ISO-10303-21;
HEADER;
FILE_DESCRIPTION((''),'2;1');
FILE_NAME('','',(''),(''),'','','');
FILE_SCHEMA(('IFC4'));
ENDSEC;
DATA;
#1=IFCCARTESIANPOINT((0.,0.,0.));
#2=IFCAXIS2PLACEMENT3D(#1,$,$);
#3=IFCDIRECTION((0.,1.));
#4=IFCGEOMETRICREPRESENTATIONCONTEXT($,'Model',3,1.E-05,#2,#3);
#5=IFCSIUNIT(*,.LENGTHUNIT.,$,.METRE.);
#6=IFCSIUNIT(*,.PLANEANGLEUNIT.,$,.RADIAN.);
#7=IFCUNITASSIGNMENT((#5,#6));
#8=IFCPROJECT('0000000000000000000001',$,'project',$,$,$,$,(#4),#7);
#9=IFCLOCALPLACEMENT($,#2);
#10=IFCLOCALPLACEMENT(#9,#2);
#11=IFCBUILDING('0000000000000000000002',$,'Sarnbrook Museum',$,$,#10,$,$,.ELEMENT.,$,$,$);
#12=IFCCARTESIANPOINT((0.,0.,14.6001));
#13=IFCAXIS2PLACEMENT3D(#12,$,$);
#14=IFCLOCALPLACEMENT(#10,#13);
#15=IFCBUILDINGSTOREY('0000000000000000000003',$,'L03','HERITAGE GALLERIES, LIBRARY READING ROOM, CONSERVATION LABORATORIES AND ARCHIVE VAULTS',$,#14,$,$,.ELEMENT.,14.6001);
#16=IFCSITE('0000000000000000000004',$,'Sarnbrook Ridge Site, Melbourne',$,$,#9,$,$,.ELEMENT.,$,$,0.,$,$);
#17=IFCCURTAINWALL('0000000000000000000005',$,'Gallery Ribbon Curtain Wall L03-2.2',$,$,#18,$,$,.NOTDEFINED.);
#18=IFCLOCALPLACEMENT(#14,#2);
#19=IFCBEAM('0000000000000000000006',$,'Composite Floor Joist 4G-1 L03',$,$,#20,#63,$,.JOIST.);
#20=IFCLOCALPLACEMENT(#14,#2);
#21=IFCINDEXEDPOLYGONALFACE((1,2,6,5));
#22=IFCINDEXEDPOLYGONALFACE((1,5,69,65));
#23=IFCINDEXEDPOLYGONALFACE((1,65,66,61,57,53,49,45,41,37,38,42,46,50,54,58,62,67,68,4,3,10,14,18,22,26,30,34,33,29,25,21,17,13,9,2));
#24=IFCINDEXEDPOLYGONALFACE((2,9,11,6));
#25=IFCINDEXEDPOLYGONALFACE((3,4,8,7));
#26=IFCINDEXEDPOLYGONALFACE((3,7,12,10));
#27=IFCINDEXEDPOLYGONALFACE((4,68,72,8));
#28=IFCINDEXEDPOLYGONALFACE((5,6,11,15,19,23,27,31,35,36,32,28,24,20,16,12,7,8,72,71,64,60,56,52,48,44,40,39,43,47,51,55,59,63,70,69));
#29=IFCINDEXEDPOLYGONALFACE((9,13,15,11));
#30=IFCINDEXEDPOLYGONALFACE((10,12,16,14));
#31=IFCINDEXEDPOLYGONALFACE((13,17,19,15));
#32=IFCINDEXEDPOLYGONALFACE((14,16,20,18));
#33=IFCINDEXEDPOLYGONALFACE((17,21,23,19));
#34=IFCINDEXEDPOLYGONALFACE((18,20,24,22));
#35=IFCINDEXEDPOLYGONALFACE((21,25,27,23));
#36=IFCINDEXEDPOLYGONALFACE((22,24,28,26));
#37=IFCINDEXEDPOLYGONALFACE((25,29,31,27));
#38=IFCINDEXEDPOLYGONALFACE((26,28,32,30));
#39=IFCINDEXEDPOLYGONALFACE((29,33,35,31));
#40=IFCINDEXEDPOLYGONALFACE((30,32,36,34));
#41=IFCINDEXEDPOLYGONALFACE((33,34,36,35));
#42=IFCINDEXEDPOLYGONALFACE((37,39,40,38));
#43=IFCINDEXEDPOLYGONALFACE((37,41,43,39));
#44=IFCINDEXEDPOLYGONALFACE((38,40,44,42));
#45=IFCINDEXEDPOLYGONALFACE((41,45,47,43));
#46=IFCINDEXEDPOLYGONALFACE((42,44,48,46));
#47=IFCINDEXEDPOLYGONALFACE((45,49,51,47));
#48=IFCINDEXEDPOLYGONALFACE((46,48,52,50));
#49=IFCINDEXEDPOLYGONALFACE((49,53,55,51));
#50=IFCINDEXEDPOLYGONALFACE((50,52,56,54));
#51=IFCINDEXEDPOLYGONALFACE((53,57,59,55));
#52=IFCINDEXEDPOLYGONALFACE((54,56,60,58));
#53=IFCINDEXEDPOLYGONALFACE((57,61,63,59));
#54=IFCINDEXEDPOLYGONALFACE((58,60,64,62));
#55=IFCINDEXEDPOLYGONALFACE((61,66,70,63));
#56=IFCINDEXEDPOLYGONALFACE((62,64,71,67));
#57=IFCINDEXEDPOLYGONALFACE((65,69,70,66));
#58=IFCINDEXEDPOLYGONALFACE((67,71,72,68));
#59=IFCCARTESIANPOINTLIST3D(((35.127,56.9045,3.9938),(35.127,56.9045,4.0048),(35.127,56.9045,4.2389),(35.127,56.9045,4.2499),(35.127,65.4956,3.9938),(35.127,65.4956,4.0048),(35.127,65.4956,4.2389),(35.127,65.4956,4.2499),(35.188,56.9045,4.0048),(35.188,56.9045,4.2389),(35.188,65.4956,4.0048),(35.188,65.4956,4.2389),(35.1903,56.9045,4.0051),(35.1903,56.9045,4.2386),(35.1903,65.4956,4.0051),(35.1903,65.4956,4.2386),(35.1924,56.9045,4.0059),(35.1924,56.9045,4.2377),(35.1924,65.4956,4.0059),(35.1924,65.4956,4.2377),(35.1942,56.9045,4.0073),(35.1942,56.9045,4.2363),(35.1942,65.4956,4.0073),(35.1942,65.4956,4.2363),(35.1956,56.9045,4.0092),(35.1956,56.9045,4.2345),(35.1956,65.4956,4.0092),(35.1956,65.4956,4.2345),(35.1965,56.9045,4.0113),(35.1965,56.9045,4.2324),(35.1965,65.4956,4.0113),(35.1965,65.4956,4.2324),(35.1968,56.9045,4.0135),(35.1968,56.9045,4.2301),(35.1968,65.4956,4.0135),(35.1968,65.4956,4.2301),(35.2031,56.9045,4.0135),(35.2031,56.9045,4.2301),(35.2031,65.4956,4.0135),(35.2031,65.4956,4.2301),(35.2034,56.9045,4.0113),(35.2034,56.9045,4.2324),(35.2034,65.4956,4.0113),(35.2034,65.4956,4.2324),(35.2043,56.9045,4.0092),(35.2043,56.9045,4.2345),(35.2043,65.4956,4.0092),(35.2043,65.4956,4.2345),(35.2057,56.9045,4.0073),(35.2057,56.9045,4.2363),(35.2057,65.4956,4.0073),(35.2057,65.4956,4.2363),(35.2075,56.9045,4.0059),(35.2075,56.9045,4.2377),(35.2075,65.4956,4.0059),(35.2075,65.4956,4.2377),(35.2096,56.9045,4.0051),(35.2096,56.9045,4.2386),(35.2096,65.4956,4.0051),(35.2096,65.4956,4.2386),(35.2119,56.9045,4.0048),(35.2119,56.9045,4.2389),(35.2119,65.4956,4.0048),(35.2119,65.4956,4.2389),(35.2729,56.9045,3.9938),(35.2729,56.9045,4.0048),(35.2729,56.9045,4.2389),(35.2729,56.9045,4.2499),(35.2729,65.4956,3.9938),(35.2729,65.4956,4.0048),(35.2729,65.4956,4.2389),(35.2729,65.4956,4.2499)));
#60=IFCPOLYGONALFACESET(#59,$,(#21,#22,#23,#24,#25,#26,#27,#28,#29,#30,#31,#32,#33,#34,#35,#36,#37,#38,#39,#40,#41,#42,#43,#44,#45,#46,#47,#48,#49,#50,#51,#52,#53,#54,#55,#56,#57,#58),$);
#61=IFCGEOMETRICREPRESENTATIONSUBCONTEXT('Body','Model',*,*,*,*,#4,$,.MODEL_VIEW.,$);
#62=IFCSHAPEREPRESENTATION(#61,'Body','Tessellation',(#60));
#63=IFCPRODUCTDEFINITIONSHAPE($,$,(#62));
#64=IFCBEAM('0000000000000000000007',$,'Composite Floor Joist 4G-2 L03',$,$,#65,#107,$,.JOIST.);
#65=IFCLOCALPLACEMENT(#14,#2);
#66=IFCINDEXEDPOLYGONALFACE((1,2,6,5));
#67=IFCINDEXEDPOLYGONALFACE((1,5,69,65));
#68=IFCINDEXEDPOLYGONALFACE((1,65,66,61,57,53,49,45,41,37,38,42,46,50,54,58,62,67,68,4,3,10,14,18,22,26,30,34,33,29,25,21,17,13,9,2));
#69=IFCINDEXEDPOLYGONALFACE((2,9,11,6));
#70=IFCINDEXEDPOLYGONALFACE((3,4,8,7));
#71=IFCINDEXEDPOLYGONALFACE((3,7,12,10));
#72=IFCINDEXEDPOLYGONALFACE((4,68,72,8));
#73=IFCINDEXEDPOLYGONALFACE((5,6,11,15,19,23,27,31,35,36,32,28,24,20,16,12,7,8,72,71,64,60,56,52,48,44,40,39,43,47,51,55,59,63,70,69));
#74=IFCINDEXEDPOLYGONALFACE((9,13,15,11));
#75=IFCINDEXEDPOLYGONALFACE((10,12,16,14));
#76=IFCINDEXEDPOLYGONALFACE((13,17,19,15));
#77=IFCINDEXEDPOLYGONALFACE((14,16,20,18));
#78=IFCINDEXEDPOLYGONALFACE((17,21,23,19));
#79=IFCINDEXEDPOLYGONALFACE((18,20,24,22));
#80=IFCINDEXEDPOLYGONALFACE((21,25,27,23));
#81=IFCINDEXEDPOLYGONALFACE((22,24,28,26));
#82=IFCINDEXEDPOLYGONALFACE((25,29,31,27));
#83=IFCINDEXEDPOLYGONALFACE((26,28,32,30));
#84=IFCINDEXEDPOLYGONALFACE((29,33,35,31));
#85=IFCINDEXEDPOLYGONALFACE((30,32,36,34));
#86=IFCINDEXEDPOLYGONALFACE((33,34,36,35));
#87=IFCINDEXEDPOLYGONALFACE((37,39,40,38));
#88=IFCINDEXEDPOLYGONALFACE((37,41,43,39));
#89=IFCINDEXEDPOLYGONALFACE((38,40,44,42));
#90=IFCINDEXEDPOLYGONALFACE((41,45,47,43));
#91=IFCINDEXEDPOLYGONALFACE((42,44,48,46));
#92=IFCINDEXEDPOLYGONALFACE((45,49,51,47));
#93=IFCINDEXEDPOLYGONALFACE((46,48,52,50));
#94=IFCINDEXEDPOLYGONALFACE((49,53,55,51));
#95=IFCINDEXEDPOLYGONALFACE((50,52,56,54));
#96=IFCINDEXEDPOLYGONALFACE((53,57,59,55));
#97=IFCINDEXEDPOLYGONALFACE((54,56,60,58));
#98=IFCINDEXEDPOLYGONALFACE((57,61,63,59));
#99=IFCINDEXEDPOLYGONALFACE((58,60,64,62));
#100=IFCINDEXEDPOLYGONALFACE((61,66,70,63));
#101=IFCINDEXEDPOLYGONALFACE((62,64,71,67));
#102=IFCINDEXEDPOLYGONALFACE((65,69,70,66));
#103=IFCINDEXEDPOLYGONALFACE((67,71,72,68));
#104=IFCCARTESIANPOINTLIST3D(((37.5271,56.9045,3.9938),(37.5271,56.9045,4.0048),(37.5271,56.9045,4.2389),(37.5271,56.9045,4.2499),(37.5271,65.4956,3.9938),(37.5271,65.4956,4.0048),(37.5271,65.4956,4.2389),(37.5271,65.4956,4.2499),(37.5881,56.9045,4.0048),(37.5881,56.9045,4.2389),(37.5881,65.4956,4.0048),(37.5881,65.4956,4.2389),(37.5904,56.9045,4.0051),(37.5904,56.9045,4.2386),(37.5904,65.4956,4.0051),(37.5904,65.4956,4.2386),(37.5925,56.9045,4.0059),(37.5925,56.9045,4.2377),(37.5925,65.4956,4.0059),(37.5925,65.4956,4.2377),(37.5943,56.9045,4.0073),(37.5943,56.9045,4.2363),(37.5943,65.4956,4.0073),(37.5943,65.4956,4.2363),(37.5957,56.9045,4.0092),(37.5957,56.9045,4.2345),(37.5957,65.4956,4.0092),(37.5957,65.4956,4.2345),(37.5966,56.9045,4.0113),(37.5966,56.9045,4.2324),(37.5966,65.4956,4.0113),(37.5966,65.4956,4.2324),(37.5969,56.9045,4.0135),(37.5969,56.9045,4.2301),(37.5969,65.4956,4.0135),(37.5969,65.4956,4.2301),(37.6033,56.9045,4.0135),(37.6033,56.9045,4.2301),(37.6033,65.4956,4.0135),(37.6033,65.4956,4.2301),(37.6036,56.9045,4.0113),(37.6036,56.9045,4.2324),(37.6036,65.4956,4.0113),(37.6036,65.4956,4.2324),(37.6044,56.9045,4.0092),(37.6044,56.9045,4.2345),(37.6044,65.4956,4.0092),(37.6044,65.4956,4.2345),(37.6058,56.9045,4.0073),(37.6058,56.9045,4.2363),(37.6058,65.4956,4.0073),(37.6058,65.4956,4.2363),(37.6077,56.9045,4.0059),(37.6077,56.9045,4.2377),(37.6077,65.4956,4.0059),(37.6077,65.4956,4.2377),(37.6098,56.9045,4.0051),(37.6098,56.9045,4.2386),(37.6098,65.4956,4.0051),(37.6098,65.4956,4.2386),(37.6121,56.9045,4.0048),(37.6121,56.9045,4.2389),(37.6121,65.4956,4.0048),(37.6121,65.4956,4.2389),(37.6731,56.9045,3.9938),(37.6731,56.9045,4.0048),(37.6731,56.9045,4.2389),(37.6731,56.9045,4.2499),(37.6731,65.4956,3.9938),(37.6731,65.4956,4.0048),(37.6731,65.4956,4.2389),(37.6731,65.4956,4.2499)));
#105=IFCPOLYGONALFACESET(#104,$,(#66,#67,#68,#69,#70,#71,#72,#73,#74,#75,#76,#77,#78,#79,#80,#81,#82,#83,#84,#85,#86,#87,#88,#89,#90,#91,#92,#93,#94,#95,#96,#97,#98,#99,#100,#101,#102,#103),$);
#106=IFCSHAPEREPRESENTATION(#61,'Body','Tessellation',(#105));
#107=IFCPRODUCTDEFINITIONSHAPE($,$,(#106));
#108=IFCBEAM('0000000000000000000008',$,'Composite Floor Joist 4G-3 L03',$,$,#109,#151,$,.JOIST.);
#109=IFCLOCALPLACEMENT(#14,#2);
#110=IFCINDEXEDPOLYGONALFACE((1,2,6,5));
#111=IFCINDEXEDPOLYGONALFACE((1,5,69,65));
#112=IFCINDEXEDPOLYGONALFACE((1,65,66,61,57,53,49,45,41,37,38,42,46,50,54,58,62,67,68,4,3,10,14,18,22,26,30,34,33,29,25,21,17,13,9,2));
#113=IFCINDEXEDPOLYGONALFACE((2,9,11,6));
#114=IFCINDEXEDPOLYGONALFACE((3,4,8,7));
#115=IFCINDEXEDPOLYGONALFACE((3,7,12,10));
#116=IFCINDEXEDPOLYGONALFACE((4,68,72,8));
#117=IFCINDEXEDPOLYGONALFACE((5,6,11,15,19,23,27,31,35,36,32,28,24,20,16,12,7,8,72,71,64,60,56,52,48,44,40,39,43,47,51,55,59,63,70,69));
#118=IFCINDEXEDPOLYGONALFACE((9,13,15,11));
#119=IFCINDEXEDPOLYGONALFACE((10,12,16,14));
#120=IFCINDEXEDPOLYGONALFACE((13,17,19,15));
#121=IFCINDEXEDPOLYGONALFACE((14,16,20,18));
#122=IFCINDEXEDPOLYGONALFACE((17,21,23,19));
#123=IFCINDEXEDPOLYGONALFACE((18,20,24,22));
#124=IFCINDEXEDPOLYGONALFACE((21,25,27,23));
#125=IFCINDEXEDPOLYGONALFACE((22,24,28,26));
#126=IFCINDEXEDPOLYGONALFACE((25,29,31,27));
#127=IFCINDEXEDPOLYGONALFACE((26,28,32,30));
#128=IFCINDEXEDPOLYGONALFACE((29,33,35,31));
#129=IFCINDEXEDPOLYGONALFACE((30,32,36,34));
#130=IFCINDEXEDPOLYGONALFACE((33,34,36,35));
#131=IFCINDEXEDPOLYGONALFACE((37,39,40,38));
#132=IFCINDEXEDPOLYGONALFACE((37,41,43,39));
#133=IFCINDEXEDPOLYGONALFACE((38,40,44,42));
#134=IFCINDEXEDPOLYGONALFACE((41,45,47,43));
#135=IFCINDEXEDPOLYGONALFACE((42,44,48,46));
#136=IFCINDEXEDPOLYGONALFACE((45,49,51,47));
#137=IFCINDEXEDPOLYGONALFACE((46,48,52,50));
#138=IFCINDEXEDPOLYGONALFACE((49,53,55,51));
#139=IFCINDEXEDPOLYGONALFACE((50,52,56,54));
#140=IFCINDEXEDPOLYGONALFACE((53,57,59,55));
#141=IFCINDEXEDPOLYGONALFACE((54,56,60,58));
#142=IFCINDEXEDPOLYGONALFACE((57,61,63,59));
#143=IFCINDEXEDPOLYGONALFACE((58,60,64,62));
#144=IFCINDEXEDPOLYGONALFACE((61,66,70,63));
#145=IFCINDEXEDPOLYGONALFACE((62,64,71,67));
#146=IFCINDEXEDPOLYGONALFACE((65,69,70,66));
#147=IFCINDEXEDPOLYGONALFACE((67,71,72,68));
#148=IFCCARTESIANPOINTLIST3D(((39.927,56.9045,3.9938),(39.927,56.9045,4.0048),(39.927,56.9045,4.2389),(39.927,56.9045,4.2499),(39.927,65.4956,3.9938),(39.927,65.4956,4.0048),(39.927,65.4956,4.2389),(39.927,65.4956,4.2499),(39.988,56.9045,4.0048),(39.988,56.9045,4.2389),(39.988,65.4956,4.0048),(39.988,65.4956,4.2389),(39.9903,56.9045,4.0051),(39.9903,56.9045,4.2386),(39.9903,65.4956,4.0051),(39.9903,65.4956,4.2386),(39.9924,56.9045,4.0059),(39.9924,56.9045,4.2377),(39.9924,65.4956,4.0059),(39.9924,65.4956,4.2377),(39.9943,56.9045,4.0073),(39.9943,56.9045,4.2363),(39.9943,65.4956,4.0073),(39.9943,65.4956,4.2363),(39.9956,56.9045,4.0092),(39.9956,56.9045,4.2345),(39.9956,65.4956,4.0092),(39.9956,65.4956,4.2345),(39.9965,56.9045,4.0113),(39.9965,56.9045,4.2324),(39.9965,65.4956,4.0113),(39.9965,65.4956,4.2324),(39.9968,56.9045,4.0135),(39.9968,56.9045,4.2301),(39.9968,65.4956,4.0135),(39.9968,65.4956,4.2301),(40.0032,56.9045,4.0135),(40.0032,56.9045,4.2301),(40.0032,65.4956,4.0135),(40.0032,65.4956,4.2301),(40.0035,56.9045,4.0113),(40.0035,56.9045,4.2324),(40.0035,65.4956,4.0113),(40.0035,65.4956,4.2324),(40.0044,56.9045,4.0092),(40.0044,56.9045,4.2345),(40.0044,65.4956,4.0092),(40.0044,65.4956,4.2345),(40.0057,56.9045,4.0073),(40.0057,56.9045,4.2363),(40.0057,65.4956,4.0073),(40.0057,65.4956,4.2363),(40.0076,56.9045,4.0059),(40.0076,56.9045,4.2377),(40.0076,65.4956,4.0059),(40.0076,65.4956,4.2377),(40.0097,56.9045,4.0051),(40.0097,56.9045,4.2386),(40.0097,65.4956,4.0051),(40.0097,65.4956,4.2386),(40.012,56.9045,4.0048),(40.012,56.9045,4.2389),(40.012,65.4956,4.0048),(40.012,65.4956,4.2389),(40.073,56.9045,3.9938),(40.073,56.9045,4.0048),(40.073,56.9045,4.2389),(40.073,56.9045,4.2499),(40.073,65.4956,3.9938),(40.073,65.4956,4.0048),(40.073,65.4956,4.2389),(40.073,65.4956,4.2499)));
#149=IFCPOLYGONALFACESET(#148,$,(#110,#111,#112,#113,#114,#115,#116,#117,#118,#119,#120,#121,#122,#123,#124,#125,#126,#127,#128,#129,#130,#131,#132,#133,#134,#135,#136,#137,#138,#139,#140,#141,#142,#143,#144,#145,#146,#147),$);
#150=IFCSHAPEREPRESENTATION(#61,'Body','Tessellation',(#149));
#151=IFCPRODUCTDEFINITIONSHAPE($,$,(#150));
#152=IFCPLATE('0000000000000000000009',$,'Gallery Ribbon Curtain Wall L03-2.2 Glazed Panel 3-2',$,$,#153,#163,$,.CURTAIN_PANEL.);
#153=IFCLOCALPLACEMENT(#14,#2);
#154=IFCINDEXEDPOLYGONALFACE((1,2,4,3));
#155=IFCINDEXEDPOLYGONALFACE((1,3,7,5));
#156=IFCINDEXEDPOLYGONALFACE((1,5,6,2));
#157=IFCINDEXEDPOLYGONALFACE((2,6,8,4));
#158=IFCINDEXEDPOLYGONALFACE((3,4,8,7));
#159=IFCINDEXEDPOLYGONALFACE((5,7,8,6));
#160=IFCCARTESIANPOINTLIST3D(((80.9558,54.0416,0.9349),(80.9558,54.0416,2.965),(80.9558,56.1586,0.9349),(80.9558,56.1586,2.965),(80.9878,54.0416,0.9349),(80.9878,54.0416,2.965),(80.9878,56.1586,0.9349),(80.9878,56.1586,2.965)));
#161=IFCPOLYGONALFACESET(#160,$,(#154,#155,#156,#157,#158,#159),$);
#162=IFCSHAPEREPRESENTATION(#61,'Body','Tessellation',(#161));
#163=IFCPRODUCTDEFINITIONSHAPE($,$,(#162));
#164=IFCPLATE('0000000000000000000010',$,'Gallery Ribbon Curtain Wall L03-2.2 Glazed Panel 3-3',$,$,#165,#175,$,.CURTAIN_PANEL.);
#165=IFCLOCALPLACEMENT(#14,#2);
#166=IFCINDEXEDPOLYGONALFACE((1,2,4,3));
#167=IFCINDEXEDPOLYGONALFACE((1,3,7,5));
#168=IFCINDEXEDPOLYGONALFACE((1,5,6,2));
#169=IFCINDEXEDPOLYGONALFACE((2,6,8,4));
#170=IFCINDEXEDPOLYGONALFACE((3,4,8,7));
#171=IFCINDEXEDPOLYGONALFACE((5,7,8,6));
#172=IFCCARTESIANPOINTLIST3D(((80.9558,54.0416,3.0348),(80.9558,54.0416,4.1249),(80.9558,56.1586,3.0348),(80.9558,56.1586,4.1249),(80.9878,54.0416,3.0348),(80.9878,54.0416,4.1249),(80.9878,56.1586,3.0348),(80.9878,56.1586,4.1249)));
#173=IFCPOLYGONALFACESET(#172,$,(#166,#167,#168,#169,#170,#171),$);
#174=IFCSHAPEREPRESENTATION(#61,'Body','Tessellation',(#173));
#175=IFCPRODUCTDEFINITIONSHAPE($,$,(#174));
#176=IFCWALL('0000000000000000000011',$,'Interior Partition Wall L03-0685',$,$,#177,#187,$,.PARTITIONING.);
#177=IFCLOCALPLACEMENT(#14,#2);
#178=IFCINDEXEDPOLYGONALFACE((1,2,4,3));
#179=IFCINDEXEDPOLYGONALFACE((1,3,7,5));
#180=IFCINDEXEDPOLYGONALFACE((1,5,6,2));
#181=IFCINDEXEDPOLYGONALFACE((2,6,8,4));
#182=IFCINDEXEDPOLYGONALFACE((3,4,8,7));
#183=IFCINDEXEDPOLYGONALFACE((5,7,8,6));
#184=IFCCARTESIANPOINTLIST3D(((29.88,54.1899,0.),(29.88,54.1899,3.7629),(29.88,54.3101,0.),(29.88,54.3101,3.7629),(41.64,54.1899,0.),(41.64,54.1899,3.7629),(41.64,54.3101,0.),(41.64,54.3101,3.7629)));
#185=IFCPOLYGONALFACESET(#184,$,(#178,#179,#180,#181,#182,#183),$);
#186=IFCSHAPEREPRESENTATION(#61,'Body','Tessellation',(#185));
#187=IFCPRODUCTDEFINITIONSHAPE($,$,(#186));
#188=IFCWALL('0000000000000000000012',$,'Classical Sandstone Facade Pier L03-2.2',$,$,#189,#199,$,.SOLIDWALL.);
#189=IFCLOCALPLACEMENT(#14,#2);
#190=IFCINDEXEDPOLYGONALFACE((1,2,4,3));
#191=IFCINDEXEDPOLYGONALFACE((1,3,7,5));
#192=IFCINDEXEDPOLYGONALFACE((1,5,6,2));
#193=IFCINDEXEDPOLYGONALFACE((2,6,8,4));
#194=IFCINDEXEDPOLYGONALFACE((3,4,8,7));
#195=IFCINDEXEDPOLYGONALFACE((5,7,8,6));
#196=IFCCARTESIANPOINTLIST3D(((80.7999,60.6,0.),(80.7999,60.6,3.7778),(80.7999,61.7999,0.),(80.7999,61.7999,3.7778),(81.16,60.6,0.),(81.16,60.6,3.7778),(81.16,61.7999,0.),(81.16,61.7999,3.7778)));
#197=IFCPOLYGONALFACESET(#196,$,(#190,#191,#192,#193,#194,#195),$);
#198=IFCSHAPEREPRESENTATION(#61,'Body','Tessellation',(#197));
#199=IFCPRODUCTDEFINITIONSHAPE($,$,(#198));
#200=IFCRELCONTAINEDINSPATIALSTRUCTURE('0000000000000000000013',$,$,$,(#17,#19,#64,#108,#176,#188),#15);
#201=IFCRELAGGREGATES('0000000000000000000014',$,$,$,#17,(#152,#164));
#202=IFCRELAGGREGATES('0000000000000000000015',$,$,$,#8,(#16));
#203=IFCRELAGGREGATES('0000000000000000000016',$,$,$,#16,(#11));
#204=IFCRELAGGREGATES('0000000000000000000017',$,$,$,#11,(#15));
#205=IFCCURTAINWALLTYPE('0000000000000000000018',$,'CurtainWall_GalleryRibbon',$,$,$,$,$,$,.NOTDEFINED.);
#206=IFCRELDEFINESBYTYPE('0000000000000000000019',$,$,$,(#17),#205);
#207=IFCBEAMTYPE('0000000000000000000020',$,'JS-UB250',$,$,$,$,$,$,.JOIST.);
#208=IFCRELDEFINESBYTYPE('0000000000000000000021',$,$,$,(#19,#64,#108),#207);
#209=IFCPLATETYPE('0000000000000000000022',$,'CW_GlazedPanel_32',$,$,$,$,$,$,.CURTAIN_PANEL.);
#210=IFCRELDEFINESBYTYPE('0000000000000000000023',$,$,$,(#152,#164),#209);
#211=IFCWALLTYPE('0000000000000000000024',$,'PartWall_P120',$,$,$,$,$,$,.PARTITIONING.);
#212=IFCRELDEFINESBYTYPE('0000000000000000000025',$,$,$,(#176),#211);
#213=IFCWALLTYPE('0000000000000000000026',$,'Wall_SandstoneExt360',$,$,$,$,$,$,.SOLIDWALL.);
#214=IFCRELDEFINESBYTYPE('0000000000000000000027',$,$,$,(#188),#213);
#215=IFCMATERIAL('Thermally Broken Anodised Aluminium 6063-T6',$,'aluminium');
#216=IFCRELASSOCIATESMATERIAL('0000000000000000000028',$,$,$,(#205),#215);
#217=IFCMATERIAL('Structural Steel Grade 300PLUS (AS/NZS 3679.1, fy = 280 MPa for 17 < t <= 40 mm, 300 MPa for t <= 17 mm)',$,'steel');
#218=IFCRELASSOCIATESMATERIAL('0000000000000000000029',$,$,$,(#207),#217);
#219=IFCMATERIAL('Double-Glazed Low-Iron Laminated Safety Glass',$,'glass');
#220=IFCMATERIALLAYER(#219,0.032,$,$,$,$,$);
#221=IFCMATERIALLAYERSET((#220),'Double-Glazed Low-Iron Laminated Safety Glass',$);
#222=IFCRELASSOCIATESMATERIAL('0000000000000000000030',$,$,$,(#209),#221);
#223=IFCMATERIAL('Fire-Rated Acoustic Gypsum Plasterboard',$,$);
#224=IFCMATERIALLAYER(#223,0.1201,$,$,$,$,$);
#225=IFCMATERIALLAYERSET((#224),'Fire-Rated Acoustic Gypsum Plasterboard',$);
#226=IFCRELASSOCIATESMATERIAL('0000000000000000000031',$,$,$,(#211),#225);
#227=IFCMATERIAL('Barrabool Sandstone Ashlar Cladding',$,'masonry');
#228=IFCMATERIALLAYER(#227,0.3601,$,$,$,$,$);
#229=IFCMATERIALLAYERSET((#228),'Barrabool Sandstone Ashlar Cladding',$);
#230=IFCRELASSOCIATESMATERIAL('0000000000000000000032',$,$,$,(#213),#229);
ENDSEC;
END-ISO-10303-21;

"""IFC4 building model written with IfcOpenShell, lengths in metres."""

from ifc_helpers import new_model, si_unit, direction, frame, frame_2d, origin, origin_2d, place, context, subcontext, project, spatial, rectangle, i_section, extrude, material, layer, layer_set, material_profile, profile_set, type_object, element, aggregate, save


model = new_model("IFC4")

# Units and contexts
model_context = context("Model", 3, precision=1e-05, world=origin(), true_north=direction((0.0, 1.0)))
body_context = subcontext(model_context, "Body", "Model", "MODEL_VIEW")
ifc_project = project(units=[si_unit("LENGTHUNIT", "METRE"), si_unit("PLANEANGLEUNIT", "RADIAN")], contexts=[model_context])

# Site, building, storey
site_placement = place(None, origin())
site = spatial("IfcSite", under=ifc_project, at=site_placement, Name="Sarnbrook Ridge Site, Melbourne", CompositionType="ELEMENT", RefElevation=0.0)
building_placement = place(site_placement, origin())
building = spatial("IfcBuilding", under=site, at=building_placement, Name="Sarnbrook Museum", CompositionType="ELEMENT")
storey_placement = place(building_placement, frame((0.0, 0.0, 14.6001)))
storey = spatial("IfcBuildingStorey", under=building, at=storey_placement, Name="L03", Description="HERITAGE GALLERIES, LIBRARY READING ROOM, CONSERVATION LABORATORIES AND ARCHIVE VAULTS", CompositionType="ELEMENT", Elevation=14.6001)

# Shared definitions
ifc_material_1 = material(Name="Structural Steel Grade 300PLUS (AS/NZS 3679.1, fy = 280 MPa for 17 < t <= 40 mm, 300 MPa for t <= 17 mm)", Category="steel")

# Curtain wall
ifc_material_2 = material(Name="Thermally Broken Anodised Aluminium 6063-T6", Category="aluminium")
curtain_wall_type = type_object("IfcCurtainWallType", Name="CurtainWall_GalleryRibbon", PredefinedType="NOTDEFINED", material=ifc_material_2)
curtain_wall_1_placement = place(storey_placement, origin())
curtain_wall_1 = element("IfcCurtainWall", 1, at=curtain_wall_1_placement, inside=storey, type_object=curtain_wall_type, Name="Gallery Ribbon Curtain Wall L03-2.2", PredefinedType="NOTDEFINED")

# Beams
ifc_material_profile_1 = material_profile(ifc_material_1, i_section(OverallWidth=0.146, OverallDepth=0.2561, WebThickness=0.0063, FlangeThickness=0.011, FilletRadius=0.0088, at=origin_2d()), Name="250UB37.3")
ifc_profile_set_1 = profile_set([ifc_material_profile_1], Name="Structural Steel Grade 300PLUS (AS/NZS 3679.1, fy = 280 MPa for 17 < t <= 40 mm, 300 MPa for t <= 17 mm)")
beam_type_1 = type_object("IfcBeamType", Name="JS-UB250", PredefinedType="JOIST", material=ifc_profile_set_1)
for number, where, z_axis, x_axis, name in (
    (2, (35.2, 56.9045, 4.1218), (0.0, 1.0, 0.0), (-1.0, 0.0, 0.0), "Composite Floor Joist 4G-1 L03"),
    (3, (37.6001, 56.9045, 4.1218), (0.0, 1.0, 0.0), (-1.0, 0.0, 0.0), "Composite Floor Joist 4G-2 L03"),
    (4, (40.0, 56.9045, 4.1218), (0.0, 1.0, 0.0), (-1.0, 0.0, 0.0), "Composite Floor Joist 4G-3 L03"),
):
    element("IfcBeam", number, at=place(storey_placement, frame(where, z_axis=z_axis, x_axis=x_axis)), inside=storey, type_object=beam_type_1, Name=name, PredefinedType="JOIST", context=body_context, shape_type="SweptSolid", body=[
        extrude(i_section(OverallWidth=0.146, OverallDepth=0.2561, WebThickness=0.0063, FlangeThickness=0.011, FilletRadius=0.0088, at=origin_2d()), origin(), (0.0, 0.0, 1.0), 8.5911),
    ])

# Plates
ifc_material_3 = material(Name="Double-Glazed Low-Iron Laminated Safety Glass", Category="glass")
ifc_layer_1 = layer(ifc_material_3, 0.032)
ifc_layer_set_1 = layer_set([ifc_layer_1], Name="Double-Glazed Low-Iron Laminated Safety Glass")
plate_type = type_object("IfcPlateType", Name="CW_GlazedPanel_32", PredefinedType="CURTAIN_PANEL", material=ifc_layer_set_1)
plate_1_placement = place(storey_placement, frame((80.9878, 55.1001, 1.95), z_axis=(-1.0, 0.0, 0.0), x_axis=(0.0, -1.0, 0.0)))
plate_1 = element("IfcPlate", 5, at=plate_1_placement, type_object=plate_type, Name="Gallery Ribbon Curtain Wall L03-2.2 Glazed Panel 3-2", PredefinedType="CURTAIN_PANEL", context=body_context, shape_type="SweptSolid", body=[
    extrude(rectangle(XDim=2.1169, YDim=2.03, at=origin_2d()), origin(), (0.0, 0.0, 1.0), 0.032),
])
plate_2_placement = place(storey_placement, frame((80.9878, 55.1001, 3.5798), z_axis=(-1.0, 0.0, 0.0), x_axis=(0.0, -1.0, 0.0)))
plate_2 = element("IfcPlate", 6, at=plate_2_placement, type_object=plate_type, Name="Gallery Ribbon Curtain Wall L03-2.2 Glazed Panel 3-3", PredefinedType="CURTAIN_PANEL", context=body_context, shape_type="SweptSolid", body=[
    extrude(rectangle(XDim=2.1169, YDim=1.0901, at=origin_2d()), origin(), (0.0, 0.0, 1.0), 0.032),
])
aggregate(curtain_wall_1, [plate_1, plate_2])

# Walls
ifc_material_4 = material(Name="Fire-Rated Acoustic Gypsum Plasterboard")
ifc_layer_2 = layer(ifc_material_4, 0.1201)
ifc_layer_set_2 = layer_set([ifc_layer_2], Name="Fire-Rated Acoustic Gypsum Plasterboard")
wall_type_1 = type_object("IfcWallType", Name="PartWall_P120", PredefinedType="PARTITIONING", material=ifc_layer_set_2)
wall_1_placement = place(storey_placement, frame((41.6399, 54.25, 0.0), z_axis=(0.0, 0.0, 1.0), x_axis=(-1.0, 0.0, 0.0)))
element("IfcWall", 7, at=wall_1_placement, inside=storey, type_object=wall_type_1, Name="Interior Partition Wall L03-0685", PredefinedType="PARTITIONING", context=body_context, shape_type="SweptSolid", body=[
    extrude(rectangle(XDim=11.76, YDim=0.1201, at=frame_2d((5.8799, 0.0))), origin(), (0.0, 0.0, 1.0), 3.7629),
])
ifc_material_5 = material(Name="Barrabool Sandstone Ashlar Cladding", Category="masonry")
ifc_layer_3 = layer(ifc_material_5, 0.3601)
ifc_layer_set_3 = layer_set([ifc_layer_3], Name="Barrabool Sandstone Ashlar Cladding")
wall_type_2 = type_object("IfcWallType", Name="Wall_SandstoneExt360", PredefinedType="SOLIDWALL", material=ifc_layer_set_3)
wall_2_placement = place(storey_placement, frame((80.98, 61.8, 0.0), z_axis=(0.0, 0.0, 1.0), x_axis=(0.0, -1.0, 0.0)))
element("IfcWall", 8, at=wall_2_placement, inside=storey, type_object=wall_type_2, Name="Classical Sandstone Facade Pier L03-2.2", PredefinedType="SOLIDWALL", context=body_context, shape_type="SweptSolid", body=[
    extrude(rectangle(XDim=1.2, YDim=0.3601, at=frame_2d((0.6001, 0.0))), origin(), (0.0, 0.0, 1.0), 3.7778),
])

save(model, "model.ifc")
